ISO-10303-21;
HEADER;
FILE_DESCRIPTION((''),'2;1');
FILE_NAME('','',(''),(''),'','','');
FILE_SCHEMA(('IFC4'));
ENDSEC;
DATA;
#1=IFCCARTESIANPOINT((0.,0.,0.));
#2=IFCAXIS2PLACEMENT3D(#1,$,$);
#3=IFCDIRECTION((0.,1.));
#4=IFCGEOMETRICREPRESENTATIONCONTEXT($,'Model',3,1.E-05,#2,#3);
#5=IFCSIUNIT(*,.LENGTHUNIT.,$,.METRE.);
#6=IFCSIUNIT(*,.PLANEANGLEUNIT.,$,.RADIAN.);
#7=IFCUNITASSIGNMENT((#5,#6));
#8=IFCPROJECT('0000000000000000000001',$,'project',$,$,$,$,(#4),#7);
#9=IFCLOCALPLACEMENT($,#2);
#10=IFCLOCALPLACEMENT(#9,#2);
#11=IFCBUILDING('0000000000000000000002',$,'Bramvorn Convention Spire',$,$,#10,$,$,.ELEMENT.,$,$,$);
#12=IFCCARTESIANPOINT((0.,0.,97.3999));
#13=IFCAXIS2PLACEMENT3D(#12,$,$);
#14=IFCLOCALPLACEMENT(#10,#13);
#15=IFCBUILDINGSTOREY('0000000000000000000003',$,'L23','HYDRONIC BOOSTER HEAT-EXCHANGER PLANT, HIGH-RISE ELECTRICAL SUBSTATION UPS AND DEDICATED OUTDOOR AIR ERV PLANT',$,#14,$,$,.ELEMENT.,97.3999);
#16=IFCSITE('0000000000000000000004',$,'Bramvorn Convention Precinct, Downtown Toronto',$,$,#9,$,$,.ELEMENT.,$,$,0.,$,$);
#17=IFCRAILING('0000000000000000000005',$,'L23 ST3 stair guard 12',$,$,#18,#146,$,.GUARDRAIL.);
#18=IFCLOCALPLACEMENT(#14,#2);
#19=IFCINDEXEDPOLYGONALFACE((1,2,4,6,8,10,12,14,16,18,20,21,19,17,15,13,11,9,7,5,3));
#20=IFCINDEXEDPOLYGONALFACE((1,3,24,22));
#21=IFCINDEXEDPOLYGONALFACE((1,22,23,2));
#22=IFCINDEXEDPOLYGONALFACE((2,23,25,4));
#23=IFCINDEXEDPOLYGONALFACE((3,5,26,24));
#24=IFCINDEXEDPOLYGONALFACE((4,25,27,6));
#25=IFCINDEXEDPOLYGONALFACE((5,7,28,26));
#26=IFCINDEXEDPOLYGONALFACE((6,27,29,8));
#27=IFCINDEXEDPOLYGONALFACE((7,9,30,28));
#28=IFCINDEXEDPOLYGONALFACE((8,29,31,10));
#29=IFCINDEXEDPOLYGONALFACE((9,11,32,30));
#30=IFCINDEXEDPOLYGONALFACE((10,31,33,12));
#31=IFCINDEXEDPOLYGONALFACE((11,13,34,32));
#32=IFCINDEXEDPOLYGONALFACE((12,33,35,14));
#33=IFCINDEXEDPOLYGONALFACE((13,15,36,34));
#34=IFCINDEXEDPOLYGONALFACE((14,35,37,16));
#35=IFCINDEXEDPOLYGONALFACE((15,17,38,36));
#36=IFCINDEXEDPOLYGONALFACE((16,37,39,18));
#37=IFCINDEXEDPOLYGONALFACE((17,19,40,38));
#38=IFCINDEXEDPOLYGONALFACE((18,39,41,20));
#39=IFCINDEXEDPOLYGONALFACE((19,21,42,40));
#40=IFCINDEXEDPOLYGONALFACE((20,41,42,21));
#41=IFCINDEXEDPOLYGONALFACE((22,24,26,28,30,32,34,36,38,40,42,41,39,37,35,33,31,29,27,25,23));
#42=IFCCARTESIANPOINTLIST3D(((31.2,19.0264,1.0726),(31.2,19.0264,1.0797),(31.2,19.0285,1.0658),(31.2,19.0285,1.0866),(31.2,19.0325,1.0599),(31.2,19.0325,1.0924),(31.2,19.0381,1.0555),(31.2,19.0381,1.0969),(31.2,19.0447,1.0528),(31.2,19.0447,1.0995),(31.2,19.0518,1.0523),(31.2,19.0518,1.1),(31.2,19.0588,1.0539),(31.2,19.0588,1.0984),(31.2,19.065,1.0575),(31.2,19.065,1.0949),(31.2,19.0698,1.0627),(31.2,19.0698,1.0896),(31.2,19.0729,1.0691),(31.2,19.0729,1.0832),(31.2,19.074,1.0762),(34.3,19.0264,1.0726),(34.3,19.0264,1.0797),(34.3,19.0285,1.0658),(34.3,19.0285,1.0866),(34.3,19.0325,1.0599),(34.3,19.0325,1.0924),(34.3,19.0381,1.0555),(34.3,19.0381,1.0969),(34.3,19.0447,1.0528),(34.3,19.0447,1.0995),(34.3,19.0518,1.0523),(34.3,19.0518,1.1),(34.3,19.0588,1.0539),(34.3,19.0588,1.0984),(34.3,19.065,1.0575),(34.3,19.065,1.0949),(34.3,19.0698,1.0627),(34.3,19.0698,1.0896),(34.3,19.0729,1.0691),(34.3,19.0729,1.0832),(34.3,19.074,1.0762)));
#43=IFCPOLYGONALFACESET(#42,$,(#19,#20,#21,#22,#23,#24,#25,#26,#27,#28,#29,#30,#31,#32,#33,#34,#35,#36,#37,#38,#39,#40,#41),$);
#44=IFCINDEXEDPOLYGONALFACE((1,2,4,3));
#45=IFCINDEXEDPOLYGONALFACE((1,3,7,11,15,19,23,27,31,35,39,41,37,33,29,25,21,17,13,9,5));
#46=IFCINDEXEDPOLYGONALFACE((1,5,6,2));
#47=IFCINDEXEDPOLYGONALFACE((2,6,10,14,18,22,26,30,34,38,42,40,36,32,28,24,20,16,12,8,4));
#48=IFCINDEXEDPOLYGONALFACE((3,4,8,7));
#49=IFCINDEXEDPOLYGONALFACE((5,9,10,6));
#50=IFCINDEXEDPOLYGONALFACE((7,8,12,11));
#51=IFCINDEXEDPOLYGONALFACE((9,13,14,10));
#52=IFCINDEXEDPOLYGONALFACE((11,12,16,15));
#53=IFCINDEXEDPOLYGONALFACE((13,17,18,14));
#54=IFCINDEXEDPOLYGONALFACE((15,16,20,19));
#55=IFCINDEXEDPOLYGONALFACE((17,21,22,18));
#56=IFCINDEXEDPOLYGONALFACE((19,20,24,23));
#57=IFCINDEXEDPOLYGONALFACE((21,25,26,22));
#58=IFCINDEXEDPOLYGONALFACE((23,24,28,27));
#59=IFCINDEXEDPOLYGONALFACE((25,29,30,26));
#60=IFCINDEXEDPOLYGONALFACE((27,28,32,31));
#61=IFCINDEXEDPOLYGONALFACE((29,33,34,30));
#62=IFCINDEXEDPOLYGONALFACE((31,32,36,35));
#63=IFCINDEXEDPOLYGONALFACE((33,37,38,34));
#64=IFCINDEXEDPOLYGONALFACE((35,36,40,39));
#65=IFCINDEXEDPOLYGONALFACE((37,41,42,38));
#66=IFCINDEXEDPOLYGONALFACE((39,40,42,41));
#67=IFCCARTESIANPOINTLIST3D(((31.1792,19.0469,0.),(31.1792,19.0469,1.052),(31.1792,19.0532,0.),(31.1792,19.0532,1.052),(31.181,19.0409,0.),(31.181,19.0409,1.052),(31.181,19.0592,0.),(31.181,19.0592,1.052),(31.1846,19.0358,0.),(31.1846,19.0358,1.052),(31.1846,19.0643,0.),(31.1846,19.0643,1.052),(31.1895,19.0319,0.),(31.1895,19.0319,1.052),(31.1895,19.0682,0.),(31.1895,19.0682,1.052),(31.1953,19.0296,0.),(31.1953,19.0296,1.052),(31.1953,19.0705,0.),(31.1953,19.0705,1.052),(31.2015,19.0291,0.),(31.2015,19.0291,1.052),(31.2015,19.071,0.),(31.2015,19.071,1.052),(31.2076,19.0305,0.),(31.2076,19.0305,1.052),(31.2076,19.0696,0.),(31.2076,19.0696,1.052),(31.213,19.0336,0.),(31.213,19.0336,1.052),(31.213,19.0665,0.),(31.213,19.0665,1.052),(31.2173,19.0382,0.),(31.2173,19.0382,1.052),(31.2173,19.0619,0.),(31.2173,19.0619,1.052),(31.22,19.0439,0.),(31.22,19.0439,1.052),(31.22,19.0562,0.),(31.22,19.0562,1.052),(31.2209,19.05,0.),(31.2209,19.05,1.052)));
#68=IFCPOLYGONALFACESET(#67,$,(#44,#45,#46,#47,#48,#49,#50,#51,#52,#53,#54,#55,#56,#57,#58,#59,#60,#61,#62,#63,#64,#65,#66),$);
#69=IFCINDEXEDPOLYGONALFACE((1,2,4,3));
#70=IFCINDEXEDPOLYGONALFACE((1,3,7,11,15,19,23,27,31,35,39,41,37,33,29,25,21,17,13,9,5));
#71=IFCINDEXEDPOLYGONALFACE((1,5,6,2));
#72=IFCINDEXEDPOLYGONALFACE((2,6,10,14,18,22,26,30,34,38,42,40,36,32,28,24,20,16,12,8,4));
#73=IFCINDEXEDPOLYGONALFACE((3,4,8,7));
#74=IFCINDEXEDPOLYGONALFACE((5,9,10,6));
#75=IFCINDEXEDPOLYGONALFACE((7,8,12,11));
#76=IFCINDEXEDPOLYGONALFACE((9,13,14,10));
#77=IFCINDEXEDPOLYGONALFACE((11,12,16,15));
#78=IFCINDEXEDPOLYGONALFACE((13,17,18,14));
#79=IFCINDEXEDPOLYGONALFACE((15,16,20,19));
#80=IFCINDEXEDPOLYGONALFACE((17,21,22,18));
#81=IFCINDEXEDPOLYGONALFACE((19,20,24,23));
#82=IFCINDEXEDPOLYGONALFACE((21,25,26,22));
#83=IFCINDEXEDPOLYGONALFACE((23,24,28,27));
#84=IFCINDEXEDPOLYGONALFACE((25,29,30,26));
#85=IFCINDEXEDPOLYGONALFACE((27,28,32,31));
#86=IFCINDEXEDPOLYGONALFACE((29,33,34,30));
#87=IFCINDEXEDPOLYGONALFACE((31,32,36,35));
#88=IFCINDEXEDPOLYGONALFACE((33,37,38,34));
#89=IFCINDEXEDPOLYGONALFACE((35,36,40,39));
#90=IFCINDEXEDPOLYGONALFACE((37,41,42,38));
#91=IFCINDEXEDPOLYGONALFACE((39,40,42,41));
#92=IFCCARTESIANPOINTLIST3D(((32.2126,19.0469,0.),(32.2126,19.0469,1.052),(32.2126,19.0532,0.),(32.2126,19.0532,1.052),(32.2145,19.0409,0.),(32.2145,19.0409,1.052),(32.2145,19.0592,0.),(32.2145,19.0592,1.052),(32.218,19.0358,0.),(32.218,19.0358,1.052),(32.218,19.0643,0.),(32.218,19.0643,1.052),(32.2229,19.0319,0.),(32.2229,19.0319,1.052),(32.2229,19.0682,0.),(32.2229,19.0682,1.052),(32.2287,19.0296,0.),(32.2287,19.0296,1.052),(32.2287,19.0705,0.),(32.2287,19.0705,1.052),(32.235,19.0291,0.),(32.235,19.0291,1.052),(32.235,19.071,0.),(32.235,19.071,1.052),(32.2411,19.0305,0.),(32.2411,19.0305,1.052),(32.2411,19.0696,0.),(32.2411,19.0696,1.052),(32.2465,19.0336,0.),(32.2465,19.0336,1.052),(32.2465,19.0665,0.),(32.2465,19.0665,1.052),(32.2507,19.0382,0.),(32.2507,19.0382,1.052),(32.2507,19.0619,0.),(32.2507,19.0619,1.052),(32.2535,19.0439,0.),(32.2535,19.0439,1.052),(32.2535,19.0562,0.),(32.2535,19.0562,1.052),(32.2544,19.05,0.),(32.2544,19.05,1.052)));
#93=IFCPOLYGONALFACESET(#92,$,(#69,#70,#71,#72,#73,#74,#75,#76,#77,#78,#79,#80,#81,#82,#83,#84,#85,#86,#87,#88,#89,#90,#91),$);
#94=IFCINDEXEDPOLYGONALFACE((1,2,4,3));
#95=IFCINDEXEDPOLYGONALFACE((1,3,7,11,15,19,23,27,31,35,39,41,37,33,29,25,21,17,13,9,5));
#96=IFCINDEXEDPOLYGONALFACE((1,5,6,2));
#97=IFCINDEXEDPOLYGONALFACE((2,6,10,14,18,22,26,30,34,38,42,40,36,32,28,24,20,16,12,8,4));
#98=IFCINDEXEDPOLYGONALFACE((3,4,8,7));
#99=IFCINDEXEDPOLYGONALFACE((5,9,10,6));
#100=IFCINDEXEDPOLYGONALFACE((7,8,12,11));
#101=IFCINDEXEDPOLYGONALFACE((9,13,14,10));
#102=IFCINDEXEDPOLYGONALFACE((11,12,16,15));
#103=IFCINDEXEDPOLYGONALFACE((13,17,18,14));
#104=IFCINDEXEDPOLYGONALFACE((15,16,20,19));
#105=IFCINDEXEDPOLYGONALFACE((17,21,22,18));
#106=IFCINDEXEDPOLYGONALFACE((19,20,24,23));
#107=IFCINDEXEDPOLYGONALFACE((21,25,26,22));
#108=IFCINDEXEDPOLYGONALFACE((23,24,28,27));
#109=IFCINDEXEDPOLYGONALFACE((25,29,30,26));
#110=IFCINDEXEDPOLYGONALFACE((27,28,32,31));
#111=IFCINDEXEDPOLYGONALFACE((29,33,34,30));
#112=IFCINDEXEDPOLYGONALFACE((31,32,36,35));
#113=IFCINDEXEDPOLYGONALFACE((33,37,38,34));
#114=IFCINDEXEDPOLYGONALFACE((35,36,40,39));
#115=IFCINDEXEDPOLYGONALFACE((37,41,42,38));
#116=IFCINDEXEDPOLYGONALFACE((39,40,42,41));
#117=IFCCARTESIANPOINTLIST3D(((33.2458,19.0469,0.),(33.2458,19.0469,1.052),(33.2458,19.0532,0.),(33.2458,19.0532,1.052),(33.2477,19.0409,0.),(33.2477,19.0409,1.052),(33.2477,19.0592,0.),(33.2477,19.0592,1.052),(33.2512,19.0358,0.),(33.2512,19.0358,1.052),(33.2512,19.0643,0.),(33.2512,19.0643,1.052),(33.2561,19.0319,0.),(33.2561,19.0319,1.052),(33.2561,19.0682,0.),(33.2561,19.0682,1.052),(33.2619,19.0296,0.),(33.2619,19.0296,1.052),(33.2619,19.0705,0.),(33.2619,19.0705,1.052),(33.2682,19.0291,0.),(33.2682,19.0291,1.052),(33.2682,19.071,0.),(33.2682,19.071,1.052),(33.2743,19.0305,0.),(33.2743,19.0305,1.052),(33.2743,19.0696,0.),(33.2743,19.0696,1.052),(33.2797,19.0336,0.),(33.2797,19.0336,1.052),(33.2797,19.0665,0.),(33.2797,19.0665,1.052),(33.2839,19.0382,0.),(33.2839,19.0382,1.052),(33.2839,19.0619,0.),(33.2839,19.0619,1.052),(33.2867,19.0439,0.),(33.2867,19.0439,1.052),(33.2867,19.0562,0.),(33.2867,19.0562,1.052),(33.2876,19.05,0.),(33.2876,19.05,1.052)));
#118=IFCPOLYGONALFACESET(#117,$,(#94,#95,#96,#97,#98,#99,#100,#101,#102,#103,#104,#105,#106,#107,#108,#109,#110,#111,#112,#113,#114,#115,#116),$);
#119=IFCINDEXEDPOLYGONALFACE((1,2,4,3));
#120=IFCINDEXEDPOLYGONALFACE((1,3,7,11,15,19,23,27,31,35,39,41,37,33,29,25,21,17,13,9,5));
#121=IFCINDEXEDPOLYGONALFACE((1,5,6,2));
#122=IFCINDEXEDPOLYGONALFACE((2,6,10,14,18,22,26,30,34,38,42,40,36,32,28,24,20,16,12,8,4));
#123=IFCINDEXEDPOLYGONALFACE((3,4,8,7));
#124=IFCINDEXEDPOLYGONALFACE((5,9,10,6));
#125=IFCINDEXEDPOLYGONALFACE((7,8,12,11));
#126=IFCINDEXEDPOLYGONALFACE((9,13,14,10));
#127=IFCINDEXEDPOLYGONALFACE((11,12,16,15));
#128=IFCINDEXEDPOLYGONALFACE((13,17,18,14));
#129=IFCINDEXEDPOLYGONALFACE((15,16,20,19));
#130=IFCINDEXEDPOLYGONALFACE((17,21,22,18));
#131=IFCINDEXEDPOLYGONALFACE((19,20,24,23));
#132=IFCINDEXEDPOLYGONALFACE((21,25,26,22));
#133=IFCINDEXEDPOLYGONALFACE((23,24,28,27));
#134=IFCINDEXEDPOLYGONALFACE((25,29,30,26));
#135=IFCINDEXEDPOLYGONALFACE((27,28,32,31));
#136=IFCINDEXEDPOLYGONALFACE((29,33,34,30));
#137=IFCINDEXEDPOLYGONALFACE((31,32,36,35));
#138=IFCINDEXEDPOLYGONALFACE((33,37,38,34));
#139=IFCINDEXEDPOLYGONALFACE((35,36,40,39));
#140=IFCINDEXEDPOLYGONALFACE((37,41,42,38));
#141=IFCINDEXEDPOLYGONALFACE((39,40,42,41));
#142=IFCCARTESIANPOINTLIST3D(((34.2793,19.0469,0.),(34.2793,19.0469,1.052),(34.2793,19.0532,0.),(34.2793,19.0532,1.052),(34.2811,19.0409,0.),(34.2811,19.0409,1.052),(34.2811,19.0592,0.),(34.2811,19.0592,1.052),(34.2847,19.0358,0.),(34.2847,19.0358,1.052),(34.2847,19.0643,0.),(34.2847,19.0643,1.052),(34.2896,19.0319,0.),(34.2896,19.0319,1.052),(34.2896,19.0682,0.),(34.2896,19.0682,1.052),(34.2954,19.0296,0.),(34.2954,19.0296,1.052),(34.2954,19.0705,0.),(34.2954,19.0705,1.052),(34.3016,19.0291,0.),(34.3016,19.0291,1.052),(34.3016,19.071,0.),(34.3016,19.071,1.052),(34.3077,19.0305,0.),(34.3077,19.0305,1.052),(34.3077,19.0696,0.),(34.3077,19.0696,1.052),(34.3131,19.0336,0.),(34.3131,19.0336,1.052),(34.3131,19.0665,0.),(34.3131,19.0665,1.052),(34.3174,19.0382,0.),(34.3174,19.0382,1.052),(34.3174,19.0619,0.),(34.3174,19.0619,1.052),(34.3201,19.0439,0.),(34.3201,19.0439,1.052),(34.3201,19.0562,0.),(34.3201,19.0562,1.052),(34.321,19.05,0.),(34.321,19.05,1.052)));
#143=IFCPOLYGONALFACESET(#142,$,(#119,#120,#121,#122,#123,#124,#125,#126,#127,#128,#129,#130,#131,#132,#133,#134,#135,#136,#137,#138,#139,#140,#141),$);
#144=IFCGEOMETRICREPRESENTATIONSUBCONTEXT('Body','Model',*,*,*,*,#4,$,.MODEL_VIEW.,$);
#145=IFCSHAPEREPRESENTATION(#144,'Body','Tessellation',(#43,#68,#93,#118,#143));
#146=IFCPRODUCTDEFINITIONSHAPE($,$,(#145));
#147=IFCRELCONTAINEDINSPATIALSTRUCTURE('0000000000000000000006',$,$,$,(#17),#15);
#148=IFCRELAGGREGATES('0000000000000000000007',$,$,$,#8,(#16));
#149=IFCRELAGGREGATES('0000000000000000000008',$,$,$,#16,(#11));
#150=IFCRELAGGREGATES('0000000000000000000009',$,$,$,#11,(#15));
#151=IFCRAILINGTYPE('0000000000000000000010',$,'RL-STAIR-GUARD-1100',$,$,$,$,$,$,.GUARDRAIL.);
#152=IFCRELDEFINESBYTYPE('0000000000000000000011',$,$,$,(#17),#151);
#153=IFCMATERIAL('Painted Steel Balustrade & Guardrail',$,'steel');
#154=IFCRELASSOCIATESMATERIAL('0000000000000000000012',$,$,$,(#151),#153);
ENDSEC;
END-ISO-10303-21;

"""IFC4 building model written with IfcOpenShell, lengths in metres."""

from ifc_helpers import new_model, si_unit, direction, frame, origin, origin_2d, place, context, subcontext, project, spatial, circle, extrude, material, type_object, element, save


model = new_model("IFC4")

# Units and contexts
model_context = context("Model", 3, precision=1e-05, world=origin(), true_north=direction((0.0, 1.0)))
body_context = subcontext(model_context, "Body", "Model", "MODEL_VIEW")
ifc_project = project(units=[si_unit("LENGTHUNIT", "METRE"), si_unit("PLANEANGLEUNIT", "RADIAN")], contexts=[model_context])

# Site, building, storey
site_placement = place(None, origin())
site = spatial("IfcSite", under=ifc_project, at=site_placement, Name="Bramvorn Convention Precinct, Downtown Toronto", CompositionType="ELEMENT", RefElevation=0.0)
building_placement = place(site_placement, origin())
building = spatial("IfcBuilding", under=site, at=building_placement, Name="Bramvorn Convention Spire", CompositionType="ELEMENT")
storey_placement = place(building_placement, frame((0.0, 0.0, 97.3999)))
storey = spatial("IfcBuildingStorey", under=building, at=storey_placement, Name="L23", Description="HYDRONIC BOOSTER HEAT-EXCHANGER PLANT, HIGH-RISE ELECTRICAL SUBSTATION UPS AND DEDICATED OUTDOOR AIR ERV PLANT", CompositionType="ELEMENT", Elevation=97.3999)

# Railing
ifc_material_1 = material(Name="Painted Steel Balustrade & Guardrail", Category="steel")
railing_type = type_object("IfcRailingType", Name="RL-STAIR-GUARD-1100", PredefinedType="GUARDRAIL", material=ifc_material_1)
railing_1_placement = place(storey_placement, frame((31.2, 19.05, 0.0)))
element("IfcRailing", 1, at=railing_1_placement, inside=storey, type_object=railing_type, Name="L23 ST3 stair guard 12", PredefinedType="GUARDRAIL", context=body_context, shape_type="SweptSolid", body=[
    extrude(circle(Radius=0.0239, at=origin_2d()), frame((0.0, 0.0, 1.0762), z_axis=(1.0, 0.0, 0.0), x_axis=(0.0, 1.0, 0.0)), (0.0, 0.0, 1.0), 3.1001),
    extrude(circle(Radius=0.021, at=origin_2d()), origin(), (0.0, 0.0, 1.0), 1.052),
    extrude(circle(Radius=0.021, at=origin_2d()), frame((1.0334, 0.0, 0.0)), (0.0, 0.0, 1.0), 1.052),
    extrude(circle(Radius=0.021, at=origin_2d()), frame((2.0667, 0.0, 0.0)), (0.0, 0.0, 1.0), 1.052),
    extrude(circle(Radius=0.021, at=origin_2d()), frame((3.1001, 0.0, 0.0)), (0.0, 0.0, 1.0), 1.052),
])

save(model, "model.ifc")
